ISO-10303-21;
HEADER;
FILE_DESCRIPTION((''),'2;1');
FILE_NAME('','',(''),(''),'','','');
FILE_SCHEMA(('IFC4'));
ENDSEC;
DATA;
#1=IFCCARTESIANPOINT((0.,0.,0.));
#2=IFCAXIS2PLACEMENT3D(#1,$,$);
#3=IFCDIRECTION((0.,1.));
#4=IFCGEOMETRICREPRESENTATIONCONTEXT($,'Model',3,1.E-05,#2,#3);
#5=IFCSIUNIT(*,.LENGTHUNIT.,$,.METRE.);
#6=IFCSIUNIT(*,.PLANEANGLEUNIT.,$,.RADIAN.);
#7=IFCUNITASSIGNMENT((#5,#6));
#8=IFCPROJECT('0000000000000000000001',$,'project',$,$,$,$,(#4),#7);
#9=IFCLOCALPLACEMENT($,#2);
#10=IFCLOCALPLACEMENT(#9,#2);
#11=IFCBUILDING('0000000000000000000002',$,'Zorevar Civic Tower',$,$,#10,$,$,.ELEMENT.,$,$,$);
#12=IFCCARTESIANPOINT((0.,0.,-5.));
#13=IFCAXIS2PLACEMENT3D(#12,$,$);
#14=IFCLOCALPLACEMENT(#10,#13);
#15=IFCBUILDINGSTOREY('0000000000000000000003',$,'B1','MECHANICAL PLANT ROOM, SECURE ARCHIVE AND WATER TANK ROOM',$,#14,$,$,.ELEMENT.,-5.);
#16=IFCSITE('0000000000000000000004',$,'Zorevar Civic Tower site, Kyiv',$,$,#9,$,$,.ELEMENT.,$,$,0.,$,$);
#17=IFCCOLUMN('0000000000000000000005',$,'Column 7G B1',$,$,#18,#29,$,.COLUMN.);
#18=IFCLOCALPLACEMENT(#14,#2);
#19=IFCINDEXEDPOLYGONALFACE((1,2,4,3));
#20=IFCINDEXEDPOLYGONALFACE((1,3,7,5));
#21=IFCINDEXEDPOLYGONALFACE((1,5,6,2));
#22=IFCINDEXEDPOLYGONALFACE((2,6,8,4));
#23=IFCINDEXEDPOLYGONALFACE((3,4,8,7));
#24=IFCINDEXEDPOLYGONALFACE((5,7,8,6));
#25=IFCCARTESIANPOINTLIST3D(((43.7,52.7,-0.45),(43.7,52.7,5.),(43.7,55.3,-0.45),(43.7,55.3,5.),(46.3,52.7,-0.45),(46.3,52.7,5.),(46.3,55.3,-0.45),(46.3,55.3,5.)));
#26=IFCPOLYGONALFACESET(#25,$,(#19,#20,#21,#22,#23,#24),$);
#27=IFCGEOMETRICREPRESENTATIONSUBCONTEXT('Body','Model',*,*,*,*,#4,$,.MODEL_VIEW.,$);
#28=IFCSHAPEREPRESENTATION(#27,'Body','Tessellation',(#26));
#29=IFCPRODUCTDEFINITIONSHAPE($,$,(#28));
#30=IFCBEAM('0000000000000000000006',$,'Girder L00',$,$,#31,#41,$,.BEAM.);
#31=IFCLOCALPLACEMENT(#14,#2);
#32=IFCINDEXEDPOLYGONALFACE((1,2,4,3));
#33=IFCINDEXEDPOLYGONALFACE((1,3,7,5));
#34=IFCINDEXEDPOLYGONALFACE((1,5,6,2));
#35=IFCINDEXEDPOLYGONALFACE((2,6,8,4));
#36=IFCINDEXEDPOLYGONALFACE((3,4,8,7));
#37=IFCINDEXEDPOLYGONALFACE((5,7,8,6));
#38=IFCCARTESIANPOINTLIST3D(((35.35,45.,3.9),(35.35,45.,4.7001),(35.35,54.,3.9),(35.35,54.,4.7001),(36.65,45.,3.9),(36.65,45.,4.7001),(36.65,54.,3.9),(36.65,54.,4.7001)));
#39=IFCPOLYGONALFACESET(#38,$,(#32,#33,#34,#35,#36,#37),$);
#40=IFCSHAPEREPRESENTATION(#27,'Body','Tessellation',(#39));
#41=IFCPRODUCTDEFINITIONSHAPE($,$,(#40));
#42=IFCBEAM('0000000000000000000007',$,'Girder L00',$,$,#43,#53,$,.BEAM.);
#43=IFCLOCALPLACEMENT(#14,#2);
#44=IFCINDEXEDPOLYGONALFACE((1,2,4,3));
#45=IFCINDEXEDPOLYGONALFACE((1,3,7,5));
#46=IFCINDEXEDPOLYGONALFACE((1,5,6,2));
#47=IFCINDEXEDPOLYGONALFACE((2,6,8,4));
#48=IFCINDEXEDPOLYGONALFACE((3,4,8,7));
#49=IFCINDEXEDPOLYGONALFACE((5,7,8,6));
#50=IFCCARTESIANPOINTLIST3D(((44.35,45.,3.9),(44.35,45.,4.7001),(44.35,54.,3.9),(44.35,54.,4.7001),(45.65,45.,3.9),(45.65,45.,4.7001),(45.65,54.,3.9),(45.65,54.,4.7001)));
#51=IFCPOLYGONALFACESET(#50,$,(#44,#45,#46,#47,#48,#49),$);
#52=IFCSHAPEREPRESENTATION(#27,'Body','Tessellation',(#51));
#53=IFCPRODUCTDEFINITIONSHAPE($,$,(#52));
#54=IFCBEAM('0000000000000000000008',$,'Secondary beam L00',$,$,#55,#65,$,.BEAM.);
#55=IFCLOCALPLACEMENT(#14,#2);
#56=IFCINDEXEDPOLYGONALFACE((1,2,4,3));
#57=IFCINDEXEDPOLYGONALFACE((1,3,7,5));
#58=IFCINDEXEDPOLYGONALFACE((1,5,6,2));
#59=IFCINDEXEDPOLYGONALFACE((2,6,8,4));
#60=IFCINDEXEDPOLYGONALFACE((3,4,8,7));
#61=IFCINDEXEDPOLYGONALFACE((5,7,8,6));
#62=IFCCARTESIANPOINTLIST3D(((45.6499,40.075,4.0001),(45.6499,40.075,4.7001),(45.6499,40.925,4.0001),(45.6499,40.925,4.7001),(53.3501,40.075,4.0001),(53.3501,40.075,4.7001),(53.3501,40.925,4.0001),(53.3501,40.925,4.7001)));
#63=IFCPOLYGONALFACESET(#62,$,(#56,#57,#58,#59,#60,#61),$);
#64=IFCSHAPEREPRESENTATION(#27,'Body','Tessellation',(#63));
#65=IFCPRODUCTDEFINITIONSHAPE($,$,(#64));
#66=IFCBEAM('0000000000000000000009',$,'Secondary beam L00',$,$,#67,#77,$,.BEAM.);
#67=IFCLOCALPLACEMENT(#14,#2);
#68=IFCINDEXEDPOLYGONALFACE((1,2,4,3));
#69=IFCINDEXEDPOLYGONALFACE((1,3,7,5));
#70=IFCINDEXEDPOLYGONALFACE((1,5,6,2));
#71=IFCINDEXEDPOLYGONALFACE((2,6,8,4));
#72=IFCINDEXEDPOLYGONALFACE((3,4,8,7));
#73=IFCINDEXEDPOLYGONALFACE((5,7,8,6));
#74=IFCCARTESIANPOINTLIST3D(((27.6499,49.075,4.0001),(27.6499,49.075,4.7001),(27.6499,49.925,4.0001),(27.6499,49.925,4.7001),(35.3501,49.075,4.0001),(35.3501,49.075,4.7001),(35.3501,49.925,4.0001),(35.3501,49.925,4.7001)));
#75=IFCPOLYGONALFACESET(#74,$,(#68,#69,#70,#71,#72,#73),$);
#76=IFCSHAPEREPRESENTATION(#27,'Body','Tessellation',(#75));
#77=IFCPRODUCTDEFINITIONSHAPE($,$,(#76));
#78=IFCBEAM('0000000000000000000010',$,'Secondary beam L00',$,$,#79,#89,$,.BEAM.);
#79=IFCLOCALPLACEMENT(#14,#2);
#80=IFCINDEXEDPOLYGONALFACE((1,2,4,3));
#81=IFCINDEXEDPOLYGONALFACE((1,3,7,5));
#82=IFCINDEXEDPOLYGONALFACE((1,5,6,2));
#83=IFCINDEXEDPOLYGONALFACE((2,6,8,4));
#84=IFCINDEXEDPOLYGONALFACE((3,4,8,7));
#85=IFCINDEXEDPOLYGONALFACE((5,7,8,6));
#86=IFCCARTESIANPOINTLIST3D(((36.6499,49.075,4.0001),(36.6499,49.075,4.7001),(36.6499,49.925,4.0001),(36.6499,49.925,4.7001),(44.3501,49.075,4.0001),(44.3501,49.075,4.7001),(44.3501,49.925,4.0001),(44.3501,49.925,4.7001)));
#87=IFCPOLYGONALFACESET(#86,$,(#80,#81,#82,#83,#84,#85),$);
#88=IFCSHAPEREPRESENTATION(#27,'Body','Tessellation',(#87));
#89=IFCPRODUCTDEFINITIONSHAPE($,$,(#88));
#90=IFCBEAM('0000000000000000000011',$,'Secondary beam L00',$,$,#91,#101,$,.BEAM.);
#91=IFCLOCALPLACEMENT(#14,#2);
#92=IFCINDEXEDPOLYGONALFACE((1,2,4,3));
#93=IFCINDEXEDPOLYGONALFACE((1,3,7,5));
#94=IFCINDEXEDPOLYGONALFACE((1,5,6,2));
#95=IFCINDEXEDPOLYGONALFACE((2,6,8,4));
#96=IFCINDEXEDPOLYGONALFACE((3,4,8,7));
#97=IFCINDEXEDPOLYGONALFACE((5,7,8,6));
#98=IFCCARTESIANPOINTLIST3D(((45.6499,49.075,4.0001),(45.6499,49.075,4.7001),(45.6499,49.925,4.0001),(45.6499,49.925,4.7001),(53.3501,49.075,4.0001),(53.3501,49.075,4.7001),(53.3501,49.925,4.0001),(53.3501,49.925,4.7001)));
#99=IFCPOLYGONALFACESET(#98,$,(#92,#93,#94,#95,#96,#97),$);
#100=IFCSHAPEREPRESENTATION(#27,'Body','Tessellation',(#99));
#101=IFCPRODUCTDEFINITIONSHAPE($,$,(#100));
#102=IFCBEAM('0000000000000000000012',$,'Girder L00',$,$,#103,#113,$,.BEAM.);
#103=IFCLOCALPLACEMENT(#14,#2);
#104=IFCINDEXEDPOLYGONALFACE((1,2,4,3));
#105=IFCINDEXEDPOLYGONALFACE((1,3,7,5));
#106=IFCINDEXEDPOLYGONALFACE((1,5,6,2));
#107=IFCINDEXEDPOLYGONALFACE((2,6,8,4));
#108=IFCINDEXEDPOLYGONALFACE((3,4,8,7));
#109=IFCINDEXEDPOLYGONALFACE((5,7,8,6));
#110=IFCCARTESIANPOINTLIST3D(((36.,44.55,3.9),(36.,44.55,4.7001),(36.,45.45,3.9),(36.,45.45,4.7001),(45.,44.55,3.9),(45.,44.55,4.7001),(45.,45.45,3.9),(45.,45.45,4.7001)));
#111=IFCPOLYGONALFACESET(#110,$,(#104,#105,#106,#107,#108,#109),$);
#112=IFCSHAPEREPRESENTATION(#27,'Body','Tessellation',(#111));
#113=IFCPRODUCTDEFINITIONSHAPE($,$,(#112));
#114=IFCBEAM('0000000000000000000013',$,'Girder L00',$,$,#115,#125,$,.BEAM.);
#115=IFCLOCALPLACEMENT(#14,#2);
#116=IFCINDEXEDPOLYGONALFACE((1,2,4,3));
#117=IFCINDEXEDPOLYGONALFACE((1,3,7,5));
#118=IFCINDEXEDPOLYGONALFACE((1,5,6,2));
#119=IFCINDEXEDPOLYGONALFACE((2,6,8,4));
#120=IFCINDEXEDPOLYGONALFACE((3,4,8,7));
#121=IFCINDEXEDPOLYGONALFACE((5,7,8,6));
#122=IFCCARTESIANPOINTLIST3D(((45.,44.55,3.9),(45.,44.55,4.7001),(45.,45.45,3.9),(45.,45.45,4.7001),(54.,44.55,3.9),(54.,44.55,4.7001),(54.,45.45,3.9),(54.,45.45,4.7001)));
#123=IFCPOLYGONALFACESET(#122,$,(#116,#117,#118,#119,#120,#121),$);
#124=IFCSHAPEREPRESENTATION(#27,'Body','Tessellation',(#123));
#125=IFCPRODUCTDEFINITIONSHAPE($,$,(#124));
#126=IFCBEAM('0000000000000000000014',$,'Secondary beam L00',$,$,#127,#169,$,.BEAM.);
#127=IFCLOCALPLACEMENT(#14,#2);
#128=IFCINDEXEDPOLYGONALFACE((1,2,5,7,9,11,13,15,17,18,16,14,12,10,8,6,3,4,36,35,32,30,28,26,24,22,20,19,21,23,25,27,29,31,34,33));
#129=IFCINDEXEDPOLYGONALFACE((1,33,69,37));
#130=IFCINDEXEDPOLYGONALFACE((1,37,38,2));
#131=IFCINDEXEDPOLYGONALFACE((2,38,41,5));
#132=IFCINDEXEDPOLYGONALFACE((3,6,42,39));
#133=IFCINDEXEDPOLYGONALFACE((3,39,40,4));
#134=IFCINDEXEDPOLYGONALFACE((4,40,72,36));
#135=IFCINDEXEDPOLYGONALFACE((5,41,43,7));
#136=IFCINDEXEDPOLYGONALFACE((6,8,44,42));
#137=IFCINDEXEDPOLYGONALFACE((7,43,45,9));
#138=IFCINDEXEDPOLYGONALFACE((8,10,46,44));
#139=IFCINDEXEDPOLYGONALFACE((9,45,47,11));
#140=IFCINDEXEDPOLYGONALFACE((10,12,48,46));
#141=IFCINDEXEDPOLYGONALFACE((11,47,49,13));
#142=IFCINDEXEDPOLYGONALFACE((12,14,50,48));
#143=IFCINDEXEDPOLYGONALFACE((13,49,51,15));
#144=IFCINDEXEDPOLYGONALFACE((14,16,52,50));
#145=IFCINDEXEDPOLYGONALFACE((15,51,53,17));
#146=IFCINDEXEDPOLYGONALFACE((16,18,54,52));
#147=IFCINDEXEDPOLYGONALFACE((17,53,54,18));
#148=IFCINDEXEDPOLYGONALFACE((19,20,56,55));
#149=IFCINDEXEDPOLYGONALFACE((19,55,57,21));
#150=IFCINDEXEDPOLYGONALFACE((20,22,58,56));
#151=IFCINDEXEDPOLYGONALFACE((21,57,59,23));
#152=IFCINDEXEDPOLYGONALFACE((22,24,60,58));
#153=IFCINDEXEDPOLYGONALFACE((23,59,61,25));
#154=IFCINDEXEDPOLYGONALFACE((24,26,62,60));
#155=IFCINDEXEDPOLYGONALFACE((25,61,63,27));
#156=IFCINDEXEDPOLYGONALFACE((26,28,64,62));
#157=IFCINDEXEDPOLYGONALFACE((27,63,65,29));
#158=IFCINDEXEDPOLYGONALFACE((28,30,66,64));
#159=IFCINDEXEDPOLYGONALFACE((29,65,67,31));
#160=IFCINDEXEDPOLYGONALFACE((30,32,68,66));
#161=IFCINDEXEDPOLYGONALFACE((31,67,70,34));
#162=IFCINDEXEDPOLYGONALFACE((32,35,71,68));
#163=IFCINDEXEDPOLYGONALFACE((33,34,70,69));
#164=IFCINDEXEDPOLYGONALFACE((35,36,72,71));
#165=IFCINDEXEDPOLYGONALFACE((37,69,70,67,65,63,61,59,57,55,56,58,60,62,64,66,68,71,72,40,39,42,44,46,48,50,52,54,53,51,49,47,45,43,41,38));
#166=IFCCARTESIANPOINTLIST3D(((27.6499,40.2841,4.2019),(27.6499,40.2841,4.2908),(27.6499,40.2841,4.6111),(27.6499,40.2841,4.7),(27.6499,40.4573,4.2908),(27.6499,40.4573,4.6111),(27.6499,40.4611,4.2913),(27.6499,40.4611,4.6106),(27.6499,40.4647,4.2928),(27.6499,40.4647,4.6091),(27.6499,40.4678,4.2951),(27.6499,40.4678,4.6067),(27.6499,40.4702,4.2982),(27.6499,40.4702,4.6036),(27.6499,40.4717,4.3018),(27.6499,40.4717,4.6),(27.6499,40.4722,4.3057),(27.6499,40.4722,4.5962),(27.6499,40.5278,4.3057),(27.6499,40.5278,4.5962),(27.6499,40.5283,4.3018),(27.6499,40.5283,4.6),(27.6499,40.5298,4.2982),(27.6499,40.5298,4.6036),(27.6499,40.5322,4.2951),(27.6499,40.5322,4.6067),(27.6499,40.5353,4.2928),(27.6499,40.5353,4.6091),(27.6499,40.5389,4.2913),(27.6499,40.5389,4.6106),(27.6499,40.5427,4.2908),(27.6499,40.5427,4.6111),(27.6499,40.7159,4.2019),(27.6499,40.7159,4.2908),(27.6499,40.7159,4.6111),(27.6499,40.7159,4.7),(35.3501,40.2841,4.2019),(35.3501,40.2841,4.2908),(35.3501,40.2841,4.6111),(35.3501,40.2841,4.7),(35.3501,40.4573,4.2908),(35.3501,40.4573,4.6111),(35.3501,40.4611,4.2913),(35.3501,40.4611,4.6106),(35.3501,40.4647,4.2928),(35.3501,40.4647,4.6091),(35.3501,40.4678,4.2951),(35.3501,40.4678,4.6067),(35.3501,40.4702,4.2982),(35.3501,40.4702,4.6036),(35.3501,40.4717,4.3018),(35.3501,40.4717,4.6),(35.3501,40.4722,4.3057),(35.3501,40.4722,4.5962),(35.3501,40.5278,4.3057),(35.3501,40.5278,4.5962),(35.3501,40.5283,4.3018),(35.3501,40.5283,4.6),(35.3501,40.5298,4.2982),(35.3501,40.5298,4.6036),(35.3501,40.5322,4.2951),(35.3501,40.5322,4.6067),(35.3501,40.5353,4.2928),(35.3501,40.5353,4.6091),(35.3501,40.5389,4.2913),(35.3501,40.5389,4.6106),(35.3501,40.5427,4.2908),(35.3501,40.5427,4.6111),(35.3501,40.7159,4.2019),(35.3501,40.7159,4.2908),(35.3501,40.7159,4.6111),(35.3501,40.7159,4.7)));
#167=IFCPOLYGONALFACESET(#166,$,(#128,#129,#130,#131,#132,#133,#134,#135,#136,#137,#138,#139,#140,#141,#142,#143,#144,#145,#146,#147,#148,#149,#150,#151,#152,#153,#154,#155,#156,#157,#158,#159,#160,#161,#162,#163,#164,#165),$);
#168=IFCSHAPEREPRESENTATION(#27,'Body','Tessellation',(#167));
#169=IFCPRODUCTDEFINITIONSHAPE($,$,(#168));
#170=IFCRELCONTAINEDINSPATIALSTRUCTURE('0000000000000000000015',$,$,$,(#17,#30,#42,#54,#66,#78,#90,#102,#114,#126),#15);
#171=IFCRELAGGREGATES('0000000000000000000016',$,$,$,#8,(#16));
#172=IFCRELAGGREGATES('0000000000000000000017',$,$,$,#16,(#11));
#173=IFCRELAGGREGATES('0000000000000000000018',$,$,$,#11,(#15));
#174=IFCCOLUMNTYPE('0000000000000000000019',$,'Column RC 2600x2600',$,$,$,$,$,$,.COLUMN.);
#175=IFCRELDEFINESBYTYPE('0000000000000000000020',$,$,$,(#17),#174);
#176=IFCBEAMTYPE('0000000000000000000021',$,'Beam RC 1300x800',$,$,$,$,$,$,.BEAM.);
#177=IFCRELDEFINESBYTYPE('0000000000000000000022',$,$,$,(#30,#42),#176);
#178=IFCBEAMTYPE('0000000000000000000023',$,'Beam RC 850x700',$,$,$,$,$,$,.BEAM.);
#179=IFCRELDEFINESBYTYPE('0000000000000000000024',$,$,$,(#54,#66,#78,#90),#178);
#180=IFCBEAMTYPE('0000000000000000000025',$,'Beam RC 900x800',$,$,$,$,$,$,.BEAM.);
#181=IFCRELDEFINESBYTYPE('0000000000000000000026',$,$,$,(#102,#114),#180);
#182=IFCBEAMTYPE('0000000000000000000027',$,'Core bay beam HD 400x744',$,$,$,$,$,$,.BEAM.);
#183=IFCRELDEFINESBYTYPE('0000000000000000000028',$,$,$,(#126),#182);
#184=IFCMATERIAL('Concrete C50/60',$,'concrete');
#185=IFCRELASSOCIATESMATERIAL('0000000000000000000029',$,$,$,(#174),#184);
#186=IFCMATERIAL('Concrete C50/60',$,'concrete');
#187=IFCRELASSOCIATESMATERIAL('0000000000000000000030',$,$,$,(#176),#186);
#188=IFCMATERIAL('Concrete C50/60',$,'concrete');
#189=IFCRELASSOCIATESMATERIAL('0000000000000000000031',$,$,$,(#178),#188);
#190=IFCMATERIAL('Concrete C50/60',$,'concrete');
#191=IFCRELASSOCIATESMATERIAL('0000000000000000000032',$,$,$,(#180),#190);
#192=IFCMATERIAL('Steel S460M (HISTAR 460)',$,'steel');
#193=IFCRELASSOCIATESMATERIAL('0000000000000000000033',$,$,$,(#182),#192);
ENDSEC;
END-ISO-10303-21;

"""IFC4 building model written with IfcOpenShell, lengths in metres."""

from ifc_helpers import new_model, si_unit, direction, frame, origin, origin_2d, place, context, subcontext, project, spatial, rectangle, i_section, extrude, material, material_profile, profile_set, type_object, element, save


model = new_model("IFC4")

# Units and contexts
model_context = context("Model", 3, precision=1e-05, world=origin(), true_north=direction((0.0, 1.0)))
body_context = subcontext(model_context, "Body", "Model", "MODEL_VIEW")
ifc_project = project(units=[si_unit("LENGTHUNIT", "METRE"), si_unit("PLANEANGLEUNIT", "RADIAN")], contexts=[model_context])

# Site, building, storey
site_placement = place(None, origin())
site = spatial("IfcSite", under=ifc_project, at=site_placement, Name="Zorevar Civic Tower site, Kyiv", CompositionType="ELEMENT", RefElevation=0.0)
building_placement = place(site_placement, origin())
building = spatial("IfcBuilding", under=site, at=building_placement, Name="Zorevar Civic Tower", CompositionType="ELEMENT")
storey_placement = place(building_placement, frame((0.0, 0.0, -5.0)))
storey = spatial("IfcBuildingStorey", under=building, at=storey_placement, Name="B1", Description="MECHANICAL PLANT ROOM, SECURE ARCHIVE AND WATER TANK ROOM", CompositionType="ELEMENT", Elevation=-5.0)

# Column
ifc_material_1 = material(Name="Concrete C50/60", Category="concrete")
ifc_material_profile_1 = material_profile(ifc_material_1, rectangle(XDim=2.6001, YDim=2.6001, at=origin_2d()), Name="RC 2600x2600")
ifc_profile_set_1 = profile_set([ifc_material_profile_1], Name="Concrete C50/60")
column_type_1 = type_object("IfcColumnType", Name="Column RC 2600x2600", PredefinedType="COLUMN", material=ifc_profile_set_1)
for number, where, z_axis, x_axis, name in (
    (1, (45.0, 54.0, -0.45), (0.0, 0.0, 1.0), (1.0, 0.0, 0.0), "Column 7G B1"),
):
    element("IfcColumn", number, at=place(storey_placement, frame(where, z_axis=z_axis, x_axis=x_axis)), inside=storey, type_object=column_type_1, Name=name, PredefinedType="COLUMN", context=body_context, shape_type="SweptSolid", body=[
        extrude(rectangle(XDim=2.6001, YDim=2.6001, at=origin_2d()), origin(), (0.0, 0.0, 1.0), 5.45),
    ])

# Beams
ifc_material_2 = material(Name="Concrete C50/60", Category="concrete")
ifc_material_profile_2 = material_profile(ifc_material_2, rectangle(XDim=1.3, YDim=0.8, at=origin_2d()), Name="RC 1300x800")
ifc_profile_set_2 = profile_set([ifc_material_profile_2], Name="Concrete C50/60")
beam_type_1 = type_object("IfcBeamType", Name="Beam RC 1300x800", PredefinedType="BEAM", material=ifc_profile_set_2)
for number, where, z_axis, x_axis, name in (
    (2, (36.0, 45.0, 4.3), (0.0, 1.0, 0.0), (-1.0, 0.0, 0.0), "Girder L00"),
    (3, (45.0, 45.0, 4.3), (0.0, 1.0, 0.0), (-1.0, 0.0, 0.0), "Girder L00"),
):
    element("IfcBeam", number, at=place(storey_placement, frame(where, z_axis=z_axis, x_axis=x_axis)), inside=storey, type_object=beam_type_1, Name=name, PredefinedType="BEAM", context=body_context, shape_type="SweptSolid", body=[
        extrude(rectangle(XDim=1.3, YDim=0.8, at=origin_2d()), origin(), (0.0, 0.0, 1.0), 9.0),
    ])
ifc_material_3 = material(Name="Concrete C50/60", Category="concrete")
ifc_material_profile_3 = material_profile(ifc_material_3, rectangle(XDim=0.8501, YDim=0.7, at=origin_2d()), Name="RC 850x700")
ifc_profile_set_3 = profile_set([ifc_material_profile_3], Name="Concrete C50/60")
beam_type_2 = type_object("IfcBeamType", Name="Beam RC 850x700", PredefinedType="BEAM", material=ifc_profile_set_3)
for number, where, z_axis, x_axis, name in (
    (4, (45.6499, 40.5, 4.3501), (1.0, 0.0, 0.0), (0.0, 1.0, 0.0), "Secondary beam L00"),
    (5, (27.6499, 49.5, 4.3501), (1.0, 0.0, 0.0), (0.0, 1.0, 0.0), "Secondary beam L00"),
    (6, (36.6499, 49.5, 4.3501), (1.0, 0.0, 0.0), (0.0, 1.0, 0.0), "Secondary beam L00"),
    (7, (45.6499, 49.5, 4.3501), (1.0, 0.0, 0.0), (0.0, 1.0, 0.0), "Secondary beam L00"),
):
    element("IfcBeam", number, at=place(storey_placement, frame(where, z_axis=z_axis, x_axis=x_axis)), inside=storey, type_object=beam_type_2, Name=name, PredefinedType="BEAM", context=body_context, shape_type="SweptSolid", body=[
        extrude(rectangle(XDim=0.8501, YDim=0.7, at=origin_2d()), origin(), (0.0, 0.0, 1.0), 7.7002),
    ])
ifc_material_4 = material(Name="Concrete C50/60", Category="concrete")
ifc_material_profile_4 = material_profile(ifc_material_4, rectangle(XDim=0.8999, YDim=0.8, at=origin_2d()), Name="RC 900x800")
ifc_profile_set_4 = profile_set([ifc_material_profile_4], Name="Concrete C50/60")
beam_type_3 = type_object("IfcBeamType", Name="Beam RC 900x800", PredefinedType="BEAM", material=ifc_profile_set_4)
for number, where, z_axis, x_axis, name in (
    (8, (36.0, 45.0, 4.3), (1.0, 0.0, 0.0), (0.0, 1.0, 0.0), "Girder L00"),
    (9, (45.0, 45.0, 4.3), (1.0, 0.0, 0.0), (0.0, 1.0, 0.0), "Girder L00"),
):
    element("IfcBeam", number, at=place(storey_placement, frame(where, z_axis=z_axis, x_axis=x_axis)), inside=storey, type_object=beam_type_3, Name=name, PredefinedType="BEAM", context=body_context, shape_type="SweptSolid", body=[
        extrude(rectangle(XDim=0.8999, YDim=0.8, at=origin_2d()), origin(), (0.0, 0.0, 1.0), 9.0),
    ])
ifc_material_5 = material(Name="Steel S460M (HISTAR 460)", Category="steel")
ifc_material_profile_5 = material_profile(ifc_material_5, i_section(OverallWidth=0.4319, OverallDepth=0.498, WebThickness=0.0557, FlangeThickness=0.0889, FilletRadius=0.0149, at=origin_2d()), Name="HD 400x744")
ifc_profile_set_5 = profile_set([ifc_material_profile_5], Name="Steel S460M (HISTAR 460)")
beam_type_4 = type_object("IfcBeamType", Name="Core bay beam HD 400x744", PredefinedType="BEAM", material=ifc_profile_set_5)
for number, where, z_axis, x_axis, name in (
    (10, (27.6499, 40.5, 4.4509), (1.0, 0.0, 0.0), (0.0, 1.0, 0.0), "Secondary beam L00"),
):
    element("IfcBeam", number, at=place(storey_placement, frame(where, z_axis=z_axis, x_axis=x_axis)), inside=storey, type_object=beam_type_4, Name=name, PredefinedType="BEAM", context=body_context, shape_type="SweptSolid", body=[
        extrude(i_section(OverallWidth=0.4319, OverallDepth=0.498, WebThickness=0.0557, FlangeThickness=0.0889, FilletRadius=0.0149, at=origin_2d()), origin(), (0.0, 0.0, 1.0), 7.7002),
    ])

save(model, "model.ifc")
